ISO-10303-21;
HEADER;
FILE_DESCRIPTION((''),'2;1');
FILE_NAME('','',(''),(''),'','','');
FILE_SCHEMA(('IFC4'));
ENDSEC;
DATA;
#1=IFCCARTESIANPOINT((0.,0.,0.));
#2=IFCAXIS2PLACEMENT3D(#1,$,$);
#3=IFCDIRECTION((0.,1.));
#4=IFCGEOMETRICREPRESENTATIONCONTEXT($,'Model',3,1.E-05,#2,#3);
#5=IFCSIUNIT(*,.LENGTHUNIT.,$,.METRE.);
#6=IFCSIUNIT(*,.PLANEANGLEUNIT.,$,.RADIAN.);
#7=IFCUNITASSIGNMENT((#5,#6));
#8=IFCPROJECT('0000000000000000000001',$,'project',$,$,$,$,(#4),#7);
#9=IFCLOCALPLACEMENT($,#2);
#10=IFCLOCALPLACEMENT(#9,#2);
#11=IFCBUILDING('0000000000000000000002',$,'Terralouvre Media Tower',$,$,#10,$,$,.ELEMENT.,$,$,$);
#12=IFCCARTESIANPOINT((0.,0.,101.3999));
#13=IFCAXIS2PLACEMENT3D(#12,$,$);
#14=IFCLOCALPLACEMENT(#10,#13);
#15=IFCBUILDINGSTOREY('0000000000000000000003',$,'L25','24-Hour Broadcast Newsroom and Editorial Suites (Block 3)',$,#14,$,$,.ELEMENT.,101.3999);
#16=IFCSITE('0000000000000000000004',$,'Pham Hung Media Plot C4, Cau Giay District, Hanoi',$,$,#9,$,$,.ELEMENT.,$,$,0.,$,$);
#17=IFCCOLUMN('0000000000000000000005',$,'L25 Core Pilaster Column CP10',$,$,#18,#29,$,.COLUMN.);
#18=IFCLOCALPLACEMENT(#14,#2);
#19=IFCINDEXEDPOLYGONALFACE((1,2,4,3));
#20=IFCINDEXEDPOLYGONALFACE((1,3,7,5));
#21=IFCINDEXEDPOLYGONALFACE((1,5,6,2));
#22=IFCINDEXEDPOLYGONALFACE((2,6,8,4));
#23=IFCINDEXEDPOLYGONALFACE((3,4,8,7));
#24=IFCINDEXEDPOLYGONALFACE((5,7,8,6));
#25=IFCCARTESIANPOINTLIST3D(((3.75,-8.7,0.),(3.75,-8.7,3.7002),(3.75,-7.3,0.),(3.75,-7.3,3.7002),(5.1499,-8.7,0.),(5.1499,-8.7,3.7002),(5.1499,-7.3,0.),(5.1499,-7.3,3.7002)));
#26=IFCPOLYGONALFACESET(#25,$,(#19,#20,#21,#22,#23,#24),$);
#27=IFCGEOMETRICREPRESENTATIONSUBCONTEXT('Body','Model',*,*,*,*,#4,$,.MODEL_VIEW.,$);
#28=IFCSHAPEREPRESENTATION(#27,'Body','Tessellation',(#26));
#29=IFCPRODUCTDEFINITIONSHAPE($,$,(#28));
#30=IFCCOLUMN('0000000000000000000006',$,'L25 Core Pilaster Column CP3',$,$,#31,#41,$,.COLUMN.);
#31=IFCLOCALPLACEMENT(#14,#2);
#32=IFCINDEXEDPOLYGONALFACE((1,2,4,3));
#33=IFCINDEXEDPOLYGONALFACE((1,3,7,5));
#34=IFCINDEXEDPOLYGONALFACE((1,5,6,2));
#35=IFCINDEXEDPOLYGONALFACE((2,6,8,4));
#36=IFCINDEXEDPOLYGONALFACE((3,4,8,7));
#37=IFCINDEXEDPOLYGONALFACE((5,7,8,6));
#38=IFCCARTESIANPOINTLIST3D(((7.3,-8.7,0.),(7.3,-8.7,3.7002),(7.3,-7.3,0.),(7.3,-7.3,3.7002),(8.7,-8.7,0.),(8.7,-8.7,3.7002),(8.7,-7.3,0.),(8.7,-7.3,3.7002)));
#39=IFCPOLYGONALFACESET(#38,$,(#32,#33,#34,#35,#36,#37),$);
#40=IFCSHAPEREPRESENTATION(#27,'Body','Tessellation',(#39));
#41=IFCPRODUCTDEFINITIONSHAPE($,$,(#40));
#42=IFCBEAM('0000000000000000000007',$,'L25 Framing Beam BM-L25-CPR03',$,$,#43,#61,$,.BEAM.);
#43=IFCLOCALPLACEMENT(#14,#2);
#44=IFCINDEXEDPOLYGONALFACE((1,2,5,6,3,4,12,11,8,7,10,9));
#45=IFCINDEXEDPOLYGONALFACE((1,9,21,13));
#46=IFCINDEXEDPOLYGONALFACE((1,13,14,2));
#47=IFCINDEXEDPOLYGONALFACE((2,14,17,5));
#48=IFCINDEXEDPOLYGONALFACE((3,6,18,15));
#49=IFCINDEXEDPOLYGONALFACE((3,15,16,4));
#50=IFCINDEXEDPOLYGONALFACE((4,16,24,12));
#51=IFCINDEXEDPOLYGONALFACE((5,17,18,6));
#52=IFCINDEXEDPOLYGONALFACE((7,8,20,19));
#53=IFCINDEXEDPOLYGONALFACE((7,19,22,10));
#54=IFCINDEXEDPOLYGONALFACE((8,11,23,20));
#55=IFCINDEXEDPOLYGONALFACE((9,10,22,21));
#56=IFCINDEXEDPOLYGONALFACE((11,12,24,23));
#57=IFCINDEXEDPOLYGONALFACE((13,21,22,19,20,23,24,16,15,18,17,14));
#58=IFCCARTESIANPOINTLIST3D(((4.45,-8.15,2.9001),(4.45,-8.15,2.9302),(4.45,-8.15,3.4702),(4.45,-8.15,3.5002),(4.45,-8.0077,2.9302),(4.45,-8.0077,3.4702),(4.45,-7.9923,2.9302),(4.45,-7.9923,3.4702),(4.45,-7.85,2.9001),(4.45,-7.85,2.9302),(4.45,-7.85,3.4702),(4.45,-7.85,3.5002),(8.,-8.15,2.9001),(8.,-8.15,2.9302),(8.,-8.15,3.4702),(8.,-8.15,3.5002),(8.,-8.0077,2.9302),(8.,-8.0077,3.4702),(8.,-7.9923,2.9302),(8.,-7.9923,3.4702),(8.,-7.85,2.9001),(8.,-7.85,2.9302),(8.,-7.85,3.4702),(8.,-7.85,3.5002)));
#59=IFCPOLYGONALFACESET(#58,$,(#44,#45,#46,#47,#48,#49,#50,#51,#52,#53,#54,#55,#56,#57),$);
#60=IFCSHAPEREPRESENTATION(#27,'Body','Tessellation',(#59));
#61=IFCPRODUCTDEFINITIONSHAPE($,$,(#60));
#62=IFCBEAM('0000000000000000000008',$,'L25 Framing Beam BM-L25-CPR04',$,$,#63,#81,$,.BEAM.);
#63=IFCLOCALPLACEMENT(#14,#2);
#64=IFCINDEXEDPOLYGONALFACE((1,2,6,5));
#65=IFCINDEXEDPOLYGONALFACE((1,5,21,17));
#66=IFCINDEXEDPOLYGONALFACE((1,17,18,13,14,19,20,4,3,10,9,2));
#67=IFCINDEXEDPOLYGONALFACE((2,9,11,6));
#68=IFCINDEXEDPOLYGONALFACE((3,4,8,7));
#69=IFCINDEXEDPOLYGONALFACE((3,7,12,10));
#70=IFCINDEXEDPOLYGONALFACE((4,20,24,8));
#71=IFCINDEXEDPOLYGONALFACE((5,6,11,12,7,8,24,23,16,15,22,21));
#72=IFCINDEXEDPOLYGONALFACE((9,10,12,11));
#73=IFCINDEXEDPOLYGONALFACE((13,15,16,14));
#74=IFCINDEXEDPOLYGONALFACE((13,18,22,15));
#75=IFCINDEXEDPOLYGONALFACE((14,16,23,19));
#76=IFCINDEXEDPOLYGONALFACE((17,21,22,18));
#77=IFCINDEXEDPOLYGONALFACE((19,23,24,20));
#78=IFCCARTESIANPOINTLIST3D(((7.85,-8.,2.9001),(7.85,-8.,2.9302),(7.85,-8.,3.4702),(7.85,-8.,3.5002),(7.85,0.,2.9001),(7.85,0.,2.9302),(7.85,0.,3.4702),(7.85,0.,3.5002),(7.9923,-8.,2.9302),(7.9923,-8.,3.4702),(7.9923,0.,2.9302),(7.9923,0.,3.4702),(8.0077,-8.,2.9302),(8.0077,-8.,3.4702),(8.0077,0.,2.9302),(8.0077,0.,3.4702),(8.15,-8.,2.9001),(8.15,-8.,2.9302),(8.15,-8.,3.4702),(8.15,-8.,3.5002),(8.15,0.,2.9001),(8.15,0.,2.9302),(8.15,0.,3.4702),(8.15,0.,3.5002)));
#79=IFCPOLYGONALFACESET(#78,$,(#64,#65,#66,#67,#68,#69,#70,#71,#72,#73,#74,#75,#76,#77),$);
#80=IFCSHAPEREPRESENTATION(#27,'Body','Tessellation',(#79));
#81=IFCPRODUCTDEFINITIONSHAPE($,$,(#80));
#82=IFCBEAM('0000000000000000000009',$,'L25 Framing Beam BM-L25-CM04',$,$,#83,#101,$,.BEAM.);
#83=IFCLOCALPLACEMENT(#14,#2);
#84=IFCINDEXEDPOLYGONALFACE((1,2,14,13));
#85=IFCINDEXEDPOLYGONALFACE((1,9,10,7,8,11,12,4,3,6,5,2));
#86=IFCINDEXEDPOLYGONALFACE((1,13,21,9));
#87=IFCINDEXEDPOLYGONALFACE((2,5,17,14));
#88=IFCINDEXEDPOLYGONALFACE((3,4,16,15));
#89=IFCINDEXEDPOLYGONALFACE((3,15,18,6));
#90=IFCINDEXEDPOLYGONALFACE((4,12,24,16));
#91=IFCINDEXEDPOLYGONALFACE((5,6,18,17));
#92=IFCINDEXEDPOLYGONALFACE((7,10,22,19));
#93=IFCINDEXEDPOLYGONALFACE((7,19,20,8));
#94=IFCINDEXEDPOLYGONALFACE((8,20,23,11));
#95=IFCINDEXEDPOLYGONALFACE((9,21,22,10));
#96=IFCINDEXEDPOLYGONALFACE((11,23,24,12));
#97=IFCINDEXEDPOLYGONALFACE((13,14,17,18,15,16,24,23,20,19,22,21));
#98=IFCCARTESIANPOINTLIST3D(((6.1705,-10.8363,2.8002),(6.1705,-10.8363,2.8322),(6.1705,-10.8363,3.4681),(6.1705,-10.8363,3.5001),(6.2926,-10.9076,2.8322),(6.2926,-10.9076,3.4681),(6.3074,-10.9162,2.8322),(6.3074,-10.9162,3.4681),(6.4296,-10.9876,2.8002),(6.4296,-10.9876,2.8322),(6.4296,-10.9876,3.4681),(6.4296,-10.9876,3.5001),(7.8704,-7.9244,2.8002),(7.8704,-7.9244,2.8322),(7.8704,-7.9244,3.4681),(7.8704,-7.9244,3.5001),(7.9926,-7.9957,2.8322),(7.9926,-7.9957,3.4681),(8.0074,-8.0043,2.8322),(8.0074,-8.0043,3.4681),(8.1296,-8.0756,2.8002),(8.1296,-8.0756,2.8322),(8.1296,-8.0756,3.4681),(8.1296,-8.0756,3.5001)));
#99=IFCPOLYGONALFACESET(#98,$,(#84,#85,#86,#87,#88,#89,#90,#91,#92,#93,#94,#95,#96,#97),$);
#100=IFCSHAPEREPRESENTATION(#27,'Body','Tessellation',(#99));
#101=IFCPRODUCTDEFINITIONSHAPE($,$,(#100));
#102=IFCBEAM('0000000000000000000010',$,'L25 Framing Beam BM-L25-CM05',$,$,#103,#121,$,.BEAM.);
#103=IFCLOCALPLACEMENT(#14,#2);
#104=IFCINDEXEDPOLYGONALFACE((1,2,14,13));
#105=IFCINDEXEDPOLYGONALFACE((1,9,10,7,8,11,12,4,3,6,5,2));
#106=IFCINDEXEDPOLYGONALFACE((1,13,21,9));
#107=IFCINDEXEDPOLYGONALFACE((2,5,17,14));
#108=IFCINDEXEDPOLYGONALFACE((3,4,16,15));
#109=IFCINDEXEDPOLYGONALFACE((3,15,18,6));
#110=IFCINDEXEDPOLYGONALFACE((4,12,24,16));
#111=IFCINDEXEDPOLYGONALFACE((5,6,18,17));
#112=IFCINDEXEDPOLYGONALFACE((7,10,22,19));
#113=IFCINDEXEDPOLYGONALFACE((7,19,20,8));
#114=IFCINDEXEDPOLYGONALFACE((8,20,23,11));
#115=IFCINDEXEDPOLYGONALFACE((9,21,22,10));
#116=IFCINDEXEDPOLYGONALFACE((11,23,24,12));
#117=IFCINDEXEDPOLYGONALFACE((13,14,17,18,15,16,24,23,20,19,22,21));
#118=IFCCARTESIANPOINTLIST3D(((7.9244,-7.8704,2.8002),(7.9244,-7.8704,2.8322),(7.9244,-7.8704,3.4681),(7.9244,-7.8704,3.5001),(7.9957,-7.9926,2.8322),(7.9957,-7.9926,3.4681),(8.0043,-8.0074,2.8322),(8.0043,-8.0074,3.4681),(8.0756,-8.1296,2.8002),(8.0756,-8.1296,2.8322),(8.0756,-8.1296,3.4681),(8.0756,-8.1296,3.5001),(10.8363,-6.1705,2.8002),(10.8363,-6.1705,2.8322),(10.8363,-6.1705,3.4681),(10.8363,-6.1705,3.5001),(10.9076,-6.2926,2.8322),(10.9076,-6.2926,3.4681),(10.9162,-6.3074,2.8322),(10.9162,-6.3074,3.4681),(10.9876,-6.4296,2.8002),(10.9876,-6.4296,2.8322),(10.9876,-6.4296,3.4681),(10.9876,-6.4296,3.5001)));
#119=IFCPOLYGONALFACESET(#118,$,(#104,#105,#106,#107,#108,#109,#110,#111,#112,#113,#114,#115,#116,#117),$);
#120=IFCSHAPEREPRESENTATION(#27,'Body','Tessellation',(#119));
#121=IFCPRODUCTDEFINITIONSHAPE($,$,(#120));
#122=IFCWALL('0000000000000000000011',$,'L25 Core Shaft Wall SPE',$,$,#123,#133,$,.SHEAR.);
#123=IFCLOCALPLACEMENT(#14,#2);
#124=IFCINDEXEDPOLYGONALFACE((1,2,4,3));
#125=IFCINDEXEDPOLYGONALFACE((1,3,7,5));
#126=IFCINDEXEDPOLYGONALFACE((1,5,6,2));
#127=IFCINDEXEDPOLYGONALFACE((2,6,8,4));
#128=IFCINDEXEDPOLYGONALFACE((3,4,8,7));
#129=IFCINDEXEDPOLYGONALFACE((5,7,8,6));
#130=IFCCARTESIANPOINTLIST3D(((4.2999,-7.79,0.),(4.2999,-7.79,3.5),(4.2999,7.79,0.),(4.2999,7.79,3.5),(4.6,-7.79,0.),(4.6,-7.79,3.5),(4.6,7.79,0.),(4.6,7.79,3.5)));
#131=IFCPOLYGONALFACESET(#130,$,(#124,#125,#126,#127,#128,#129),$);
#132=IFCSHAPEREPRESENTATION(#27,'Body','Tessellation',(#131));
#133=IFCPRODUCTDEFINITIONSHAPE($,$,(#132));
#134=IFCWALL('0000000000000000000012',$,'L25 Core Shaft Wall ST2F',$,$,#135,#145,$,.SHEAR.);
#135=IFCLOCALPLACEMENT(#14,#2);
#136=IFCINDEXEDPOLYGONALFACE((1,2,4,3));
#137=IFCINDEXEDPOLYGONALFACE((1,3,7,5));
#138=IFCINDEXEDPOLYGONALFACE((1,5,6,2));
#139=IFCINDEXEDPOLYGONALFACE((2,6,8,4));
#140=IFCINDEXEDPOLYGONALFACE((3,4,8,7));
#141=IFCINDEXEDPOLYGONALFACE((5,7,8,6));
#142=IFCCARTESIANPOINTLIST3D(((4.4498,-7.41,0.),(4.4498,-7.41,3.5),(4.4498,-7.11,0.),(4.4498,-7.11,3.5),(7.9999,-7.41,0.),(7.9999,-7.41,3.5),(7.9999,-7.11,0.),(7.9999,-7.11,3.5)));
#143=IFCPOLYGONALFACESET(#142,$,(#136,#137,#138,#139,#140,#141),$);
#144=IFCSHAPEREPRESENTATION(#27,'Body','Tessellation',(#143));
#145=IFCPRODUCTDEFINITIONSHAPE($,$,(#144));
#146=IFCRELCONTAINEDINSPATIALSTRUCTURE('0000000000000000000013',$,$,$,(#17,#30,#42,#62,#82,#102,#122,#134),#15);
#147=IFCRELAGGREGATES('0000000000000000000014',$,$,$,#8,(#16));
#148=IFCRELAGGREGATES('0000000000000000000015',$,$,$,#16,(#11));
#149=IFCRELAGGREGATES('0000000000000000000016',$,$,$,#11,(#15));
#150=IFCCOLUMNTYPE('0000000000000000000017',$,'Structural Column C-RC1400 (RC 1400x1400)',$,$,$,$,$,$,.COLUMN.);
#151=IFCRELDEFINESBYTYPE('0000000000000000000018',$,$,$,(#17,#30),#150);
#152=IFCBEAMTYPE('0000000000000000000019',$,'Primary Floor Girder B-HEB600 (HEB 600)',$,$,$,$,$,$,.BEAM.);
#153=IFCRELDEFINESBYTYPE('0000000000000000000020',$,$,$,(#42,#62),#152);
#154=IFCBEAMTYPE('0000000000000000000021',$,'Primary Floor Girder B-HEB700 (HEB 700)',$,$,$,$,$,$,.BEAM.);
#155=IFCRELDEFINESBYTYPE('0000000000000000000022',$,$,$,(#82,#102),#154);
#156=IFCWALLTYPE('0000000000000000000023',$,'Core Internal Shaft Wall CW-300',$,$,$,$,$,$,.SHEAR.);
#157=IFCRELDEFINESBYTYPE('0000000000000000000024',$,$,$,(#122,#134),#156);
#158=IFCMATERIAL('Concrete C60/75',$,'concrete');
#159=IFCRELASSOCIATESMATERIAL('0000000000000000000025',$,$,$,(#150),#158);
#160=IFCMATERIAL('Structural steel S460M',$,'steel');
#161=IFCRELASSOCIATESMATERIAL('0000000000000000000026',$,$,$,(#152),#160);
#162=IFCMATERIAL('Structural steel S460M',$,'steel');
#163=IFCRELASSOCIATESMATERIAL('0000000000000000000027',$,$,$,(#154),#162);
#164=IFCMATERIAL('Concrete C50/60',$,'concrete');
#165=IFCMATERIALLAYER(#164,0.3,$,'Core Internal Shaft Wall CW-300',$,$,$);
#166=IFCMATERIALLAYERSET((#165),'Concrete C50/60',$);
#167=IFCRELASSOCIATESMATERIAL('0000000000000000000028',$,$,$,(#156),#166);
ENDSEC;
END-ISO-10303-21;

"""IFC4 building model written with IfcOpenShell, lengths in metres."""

from ifc_helpers import new_model, si_unit, direction, frame, frame_2d, origin, origin_2d, place, context, subcontext, project, spatial, rectangle, i_section, extrude, material, layer, layer_set, material_profile, profile_set, type_object, element, save


model = new_model("IFC4")

# Units and contexts
model_context = context("Model", 3, precision=1e-05, world=origin(), true_north=direction((0.0, 1.0)))
body_context = subcontext(model_context, "Body", "Model", "MODEL_VIEW")
ifc_project = project(units=[si_unit("LENGTHUNIT", "METRE"), si_unit("PLANEANGLEUNIT", "RADIAN")], contexts=[model_context])

# Site, building, storey
site_placement = place(None, origin())
site = spatial("IfcSite", under=ifc_project, at=site_placement, Name="Pham Hung Media Plot C4, Cau Giay District, Hanoi", CompositionType="ELEMENT", RefElevation=0.0)
building_placement = place(site_placement, origin())
building = spatial("IfcBuilding", under=site, at=building_placement, Name="Terralouvre Media Tower", CompositionType="ELEMENT")
storey_placement = place(building_placement, frame((0.0, 0.0, 101.3999)))
storey = spatial("IfcBuildingStorey", under=building, at=storey_placement, Name="L25", Description="24-Hour Broadcast Newsroom and Editorial Suites (Block 3)", CompositionType="ELEMENT", Elevation=101.3999)

# Columns
ifc_material_1 = material(Name="Concrete C60/75", Category="concrete")
ifc_material_profile_1 = material_profile(ifc_material_1, rectangle(XDim=1.3999, YDim=1.3999, at=origin_2d()), Name="RC 1400x1400")
ifc_profile_set_1 = profile_set([ifc_material_profile_1], Name="Concrete C60/75")
column_type = type_object("IfcColumnType", Name="Structural Column C-RC1400 (RC 1400x1400)", PredefinedType="COLUMN", material=ifc_profile_set_1)
for number, where, z_axis, x_axis, name in (
    (1, (4.45, -8.0, 0.0), (0.0, 0.0, 1.0), (1.0, 0.0, 0.0), "L25 Core Pilaster Column CP10"),
    (2, (8.0, -8.0, 0.0), (0.0, 0.0, 1.0), (1.0, 0.0, 0.0), "L25 Core Pilaster Column CP3"),
):
    element("IfcColumn", number, at=place(storey_placement, frame(where, z_axis=z_axis, x_axis=x_axis)), inside=storey, type_object=column_type, Name=name, PredefinedType="COLUMN", context=body_context, shape_type="SweptSolid", body=[
        extrude(rectangle(XDim=1.3999, YDim=1.3999, at=origin_2d()), origin(), (0.0, 0.0, 1.0), 3.7002),
    ])

# Beams
ifc_material_2 = material(Name="Structural steel S460M", Category="steel")
ifc_material_profile_2 = material_profile(ifc_material_2, i_section(OverallWidth=0.3, OverallDepth=0.6001, WebThickness=0.0154, FlangeThickness=0.03, at=origin_2d()), Name="HEB 600")
ifc_profile_set_2 = profile_set([ifc_material_profile_2], Name="Structural steel S460M")
beam_type_1 = type_object("IfcBeamType", Name="Primary Floor Girder B-HEB600 (HEB 600)", PredefinedType="BEAM", material=ifc_profile_set_2)
beam_1_placement = place(storey_placement, frame((4.45, -8.0, 3.2002), z_axis=(1.0, 0.0, 0.0), x_axis=(0.0, 1.0, 0.0)))
element("IfcBeam", 3, at=beam_1_placement, inside=storey, type_object=beam_type_1, Name="L25 Framing Beam BM-L25-CPR03", PredefinedType="BEAM", context=body_context, shape_type="SweptSolid", body=[
    extrude(i_section(OverallWidth=0.3, OverallDepth=0.6001, WebThickness=0.0154, FlangeThickness=0.03, at=origin_2d()), origin(), (0.0, 0.0, 1.0), 3.55),
])
beam_2_placement = place(storey_placement, frame((8.0, -8.0, 3.2002), z_axis=(0.0, 1.0, 0.0), x_axis=(-1.0, 0.0, 0.0)))
element("IfcBeam", 4, at=beam_2_placement, inside=storey, type_object=beam_type_1, Name="L25 Framing Beam BM-L25-CPR04", PredefinedType="BEAM", context=body_context, shape_type="SweptSolid", body=[
    extrude(i_section(OverallWidth=0.3, OverallDepth=0.6001, WebThickness=0.0154, FlangeThickness=0.03, at=origin_2d()), origin(), (0.0, 0.0, 1.0), 8.0),
])
ifc_material_3 = material(Name="Structural steel S460M", Category="steel")
ifc_material_profile_3 = material_profile(ifc_material_3, i_section(OverallWidth=0.3, OverallDepth=0.7, WebThickness=0.0171, FlangeThickness=0.032, at=origin_2d()), Name="HEB 700")
ifc_profile_set_3 = profile_set([ifc_material_profile_3], Name="Structural steel S460M")
beam_type_2 = type_object("IfcBeamType", Name="Primary Floor Girder B-HEB700 (HEB 700)", PredefinedType="BEAM", material=ifc_profile_set_3)
for number, where, z_axis, x_axis, name in (
    (5, (8.0, -8.0, 3.1501), (-0.504173, -0.863603, 0.0), (0.863603, -0.504173, 0.0), "L25 Framing Beam BM-L25-CM04"),
    (6, (8.0, -8.0, 3.1501), (0.863603, 0.504173, 0.0), (-0.504173, 0.863603, 0.0), "L25 Framing Beam BM-L25-CM05"),
):
    element("IfcBeam", number, at=place(storey_placement, frame(where, z_axis=z_axis, x_axis=x_axis)), inside=storey, type_object=beam_type_2, Name=name, PredefinedType="BEAM", context=body_context, shape_type="SweptSolid", body=[
        extrude(i_section(OverallWidth=0.3, OverallDepth=0.7, WebThickness=0.0171, FlangeThickness=0.032, at=origin_2d()), origin(), (0.0, 0.0, 1.0), 3.3718),
    ])

# Walls
ifc_material_4 = material(Name="Concrete C50/60", Category="concrete")
ifc_layer_1 = layer(ifc_material_4, 0.3, Name="Core Internal Shaft Wall CW-300")
ifc_layer_set_1 = layer_set([ifc_layer_1], Name="Concrete C50/60")
wall_type_1 = type_object("IfcWallType", Name="Core Internal Shaft Wall CW-300", PredefinedType="SHEAR", material=ifc_layer_set_1)
wall_1_placement = place(storey_placement, frame((4.45, -7.79, 0.0), z_axis=(0.0, 0.0, 1.0), x_axis=(0.0, 1.0, 0.0)))
element("IfcWall", 7, at=wall_1_placement, inside=storey, type_object=wall_type_1, Name="L25 Core Shaft Wall SPE", PredefinedType="SHEAR", context=body_context, shape_type="SweptSolid", body=[
    extrude(rectangle(XDim=15.5801, YDim=0.3, at=frame_2d((7.79, 0.0))), origin(), (0.0, 0.0, 1.0), 3.5),
])
wall_2_placement = place(storey_placement, frame((4.45, -7.26, 0.0), z_axis=(0.0, 0.0, 1.0), x_axis=(1.0, 0.0, 0.0)))
element("IfcWall", 8, at=wall_2_placement, inside=storey, type_object=wall_type_1, Name="L25 Core Shaft Wall ST2F", PredefinedType="SHEAR", context=body_context, shape_type="SweptSolid", body=[
    extrude(rectangle(XDim=3.55, YDim=0.3, at=frame_2d((1.7749, 0.0))), origin(), (0.0, 0.0, 1.0), 3.5),
])

save(model, "model.ifc")
